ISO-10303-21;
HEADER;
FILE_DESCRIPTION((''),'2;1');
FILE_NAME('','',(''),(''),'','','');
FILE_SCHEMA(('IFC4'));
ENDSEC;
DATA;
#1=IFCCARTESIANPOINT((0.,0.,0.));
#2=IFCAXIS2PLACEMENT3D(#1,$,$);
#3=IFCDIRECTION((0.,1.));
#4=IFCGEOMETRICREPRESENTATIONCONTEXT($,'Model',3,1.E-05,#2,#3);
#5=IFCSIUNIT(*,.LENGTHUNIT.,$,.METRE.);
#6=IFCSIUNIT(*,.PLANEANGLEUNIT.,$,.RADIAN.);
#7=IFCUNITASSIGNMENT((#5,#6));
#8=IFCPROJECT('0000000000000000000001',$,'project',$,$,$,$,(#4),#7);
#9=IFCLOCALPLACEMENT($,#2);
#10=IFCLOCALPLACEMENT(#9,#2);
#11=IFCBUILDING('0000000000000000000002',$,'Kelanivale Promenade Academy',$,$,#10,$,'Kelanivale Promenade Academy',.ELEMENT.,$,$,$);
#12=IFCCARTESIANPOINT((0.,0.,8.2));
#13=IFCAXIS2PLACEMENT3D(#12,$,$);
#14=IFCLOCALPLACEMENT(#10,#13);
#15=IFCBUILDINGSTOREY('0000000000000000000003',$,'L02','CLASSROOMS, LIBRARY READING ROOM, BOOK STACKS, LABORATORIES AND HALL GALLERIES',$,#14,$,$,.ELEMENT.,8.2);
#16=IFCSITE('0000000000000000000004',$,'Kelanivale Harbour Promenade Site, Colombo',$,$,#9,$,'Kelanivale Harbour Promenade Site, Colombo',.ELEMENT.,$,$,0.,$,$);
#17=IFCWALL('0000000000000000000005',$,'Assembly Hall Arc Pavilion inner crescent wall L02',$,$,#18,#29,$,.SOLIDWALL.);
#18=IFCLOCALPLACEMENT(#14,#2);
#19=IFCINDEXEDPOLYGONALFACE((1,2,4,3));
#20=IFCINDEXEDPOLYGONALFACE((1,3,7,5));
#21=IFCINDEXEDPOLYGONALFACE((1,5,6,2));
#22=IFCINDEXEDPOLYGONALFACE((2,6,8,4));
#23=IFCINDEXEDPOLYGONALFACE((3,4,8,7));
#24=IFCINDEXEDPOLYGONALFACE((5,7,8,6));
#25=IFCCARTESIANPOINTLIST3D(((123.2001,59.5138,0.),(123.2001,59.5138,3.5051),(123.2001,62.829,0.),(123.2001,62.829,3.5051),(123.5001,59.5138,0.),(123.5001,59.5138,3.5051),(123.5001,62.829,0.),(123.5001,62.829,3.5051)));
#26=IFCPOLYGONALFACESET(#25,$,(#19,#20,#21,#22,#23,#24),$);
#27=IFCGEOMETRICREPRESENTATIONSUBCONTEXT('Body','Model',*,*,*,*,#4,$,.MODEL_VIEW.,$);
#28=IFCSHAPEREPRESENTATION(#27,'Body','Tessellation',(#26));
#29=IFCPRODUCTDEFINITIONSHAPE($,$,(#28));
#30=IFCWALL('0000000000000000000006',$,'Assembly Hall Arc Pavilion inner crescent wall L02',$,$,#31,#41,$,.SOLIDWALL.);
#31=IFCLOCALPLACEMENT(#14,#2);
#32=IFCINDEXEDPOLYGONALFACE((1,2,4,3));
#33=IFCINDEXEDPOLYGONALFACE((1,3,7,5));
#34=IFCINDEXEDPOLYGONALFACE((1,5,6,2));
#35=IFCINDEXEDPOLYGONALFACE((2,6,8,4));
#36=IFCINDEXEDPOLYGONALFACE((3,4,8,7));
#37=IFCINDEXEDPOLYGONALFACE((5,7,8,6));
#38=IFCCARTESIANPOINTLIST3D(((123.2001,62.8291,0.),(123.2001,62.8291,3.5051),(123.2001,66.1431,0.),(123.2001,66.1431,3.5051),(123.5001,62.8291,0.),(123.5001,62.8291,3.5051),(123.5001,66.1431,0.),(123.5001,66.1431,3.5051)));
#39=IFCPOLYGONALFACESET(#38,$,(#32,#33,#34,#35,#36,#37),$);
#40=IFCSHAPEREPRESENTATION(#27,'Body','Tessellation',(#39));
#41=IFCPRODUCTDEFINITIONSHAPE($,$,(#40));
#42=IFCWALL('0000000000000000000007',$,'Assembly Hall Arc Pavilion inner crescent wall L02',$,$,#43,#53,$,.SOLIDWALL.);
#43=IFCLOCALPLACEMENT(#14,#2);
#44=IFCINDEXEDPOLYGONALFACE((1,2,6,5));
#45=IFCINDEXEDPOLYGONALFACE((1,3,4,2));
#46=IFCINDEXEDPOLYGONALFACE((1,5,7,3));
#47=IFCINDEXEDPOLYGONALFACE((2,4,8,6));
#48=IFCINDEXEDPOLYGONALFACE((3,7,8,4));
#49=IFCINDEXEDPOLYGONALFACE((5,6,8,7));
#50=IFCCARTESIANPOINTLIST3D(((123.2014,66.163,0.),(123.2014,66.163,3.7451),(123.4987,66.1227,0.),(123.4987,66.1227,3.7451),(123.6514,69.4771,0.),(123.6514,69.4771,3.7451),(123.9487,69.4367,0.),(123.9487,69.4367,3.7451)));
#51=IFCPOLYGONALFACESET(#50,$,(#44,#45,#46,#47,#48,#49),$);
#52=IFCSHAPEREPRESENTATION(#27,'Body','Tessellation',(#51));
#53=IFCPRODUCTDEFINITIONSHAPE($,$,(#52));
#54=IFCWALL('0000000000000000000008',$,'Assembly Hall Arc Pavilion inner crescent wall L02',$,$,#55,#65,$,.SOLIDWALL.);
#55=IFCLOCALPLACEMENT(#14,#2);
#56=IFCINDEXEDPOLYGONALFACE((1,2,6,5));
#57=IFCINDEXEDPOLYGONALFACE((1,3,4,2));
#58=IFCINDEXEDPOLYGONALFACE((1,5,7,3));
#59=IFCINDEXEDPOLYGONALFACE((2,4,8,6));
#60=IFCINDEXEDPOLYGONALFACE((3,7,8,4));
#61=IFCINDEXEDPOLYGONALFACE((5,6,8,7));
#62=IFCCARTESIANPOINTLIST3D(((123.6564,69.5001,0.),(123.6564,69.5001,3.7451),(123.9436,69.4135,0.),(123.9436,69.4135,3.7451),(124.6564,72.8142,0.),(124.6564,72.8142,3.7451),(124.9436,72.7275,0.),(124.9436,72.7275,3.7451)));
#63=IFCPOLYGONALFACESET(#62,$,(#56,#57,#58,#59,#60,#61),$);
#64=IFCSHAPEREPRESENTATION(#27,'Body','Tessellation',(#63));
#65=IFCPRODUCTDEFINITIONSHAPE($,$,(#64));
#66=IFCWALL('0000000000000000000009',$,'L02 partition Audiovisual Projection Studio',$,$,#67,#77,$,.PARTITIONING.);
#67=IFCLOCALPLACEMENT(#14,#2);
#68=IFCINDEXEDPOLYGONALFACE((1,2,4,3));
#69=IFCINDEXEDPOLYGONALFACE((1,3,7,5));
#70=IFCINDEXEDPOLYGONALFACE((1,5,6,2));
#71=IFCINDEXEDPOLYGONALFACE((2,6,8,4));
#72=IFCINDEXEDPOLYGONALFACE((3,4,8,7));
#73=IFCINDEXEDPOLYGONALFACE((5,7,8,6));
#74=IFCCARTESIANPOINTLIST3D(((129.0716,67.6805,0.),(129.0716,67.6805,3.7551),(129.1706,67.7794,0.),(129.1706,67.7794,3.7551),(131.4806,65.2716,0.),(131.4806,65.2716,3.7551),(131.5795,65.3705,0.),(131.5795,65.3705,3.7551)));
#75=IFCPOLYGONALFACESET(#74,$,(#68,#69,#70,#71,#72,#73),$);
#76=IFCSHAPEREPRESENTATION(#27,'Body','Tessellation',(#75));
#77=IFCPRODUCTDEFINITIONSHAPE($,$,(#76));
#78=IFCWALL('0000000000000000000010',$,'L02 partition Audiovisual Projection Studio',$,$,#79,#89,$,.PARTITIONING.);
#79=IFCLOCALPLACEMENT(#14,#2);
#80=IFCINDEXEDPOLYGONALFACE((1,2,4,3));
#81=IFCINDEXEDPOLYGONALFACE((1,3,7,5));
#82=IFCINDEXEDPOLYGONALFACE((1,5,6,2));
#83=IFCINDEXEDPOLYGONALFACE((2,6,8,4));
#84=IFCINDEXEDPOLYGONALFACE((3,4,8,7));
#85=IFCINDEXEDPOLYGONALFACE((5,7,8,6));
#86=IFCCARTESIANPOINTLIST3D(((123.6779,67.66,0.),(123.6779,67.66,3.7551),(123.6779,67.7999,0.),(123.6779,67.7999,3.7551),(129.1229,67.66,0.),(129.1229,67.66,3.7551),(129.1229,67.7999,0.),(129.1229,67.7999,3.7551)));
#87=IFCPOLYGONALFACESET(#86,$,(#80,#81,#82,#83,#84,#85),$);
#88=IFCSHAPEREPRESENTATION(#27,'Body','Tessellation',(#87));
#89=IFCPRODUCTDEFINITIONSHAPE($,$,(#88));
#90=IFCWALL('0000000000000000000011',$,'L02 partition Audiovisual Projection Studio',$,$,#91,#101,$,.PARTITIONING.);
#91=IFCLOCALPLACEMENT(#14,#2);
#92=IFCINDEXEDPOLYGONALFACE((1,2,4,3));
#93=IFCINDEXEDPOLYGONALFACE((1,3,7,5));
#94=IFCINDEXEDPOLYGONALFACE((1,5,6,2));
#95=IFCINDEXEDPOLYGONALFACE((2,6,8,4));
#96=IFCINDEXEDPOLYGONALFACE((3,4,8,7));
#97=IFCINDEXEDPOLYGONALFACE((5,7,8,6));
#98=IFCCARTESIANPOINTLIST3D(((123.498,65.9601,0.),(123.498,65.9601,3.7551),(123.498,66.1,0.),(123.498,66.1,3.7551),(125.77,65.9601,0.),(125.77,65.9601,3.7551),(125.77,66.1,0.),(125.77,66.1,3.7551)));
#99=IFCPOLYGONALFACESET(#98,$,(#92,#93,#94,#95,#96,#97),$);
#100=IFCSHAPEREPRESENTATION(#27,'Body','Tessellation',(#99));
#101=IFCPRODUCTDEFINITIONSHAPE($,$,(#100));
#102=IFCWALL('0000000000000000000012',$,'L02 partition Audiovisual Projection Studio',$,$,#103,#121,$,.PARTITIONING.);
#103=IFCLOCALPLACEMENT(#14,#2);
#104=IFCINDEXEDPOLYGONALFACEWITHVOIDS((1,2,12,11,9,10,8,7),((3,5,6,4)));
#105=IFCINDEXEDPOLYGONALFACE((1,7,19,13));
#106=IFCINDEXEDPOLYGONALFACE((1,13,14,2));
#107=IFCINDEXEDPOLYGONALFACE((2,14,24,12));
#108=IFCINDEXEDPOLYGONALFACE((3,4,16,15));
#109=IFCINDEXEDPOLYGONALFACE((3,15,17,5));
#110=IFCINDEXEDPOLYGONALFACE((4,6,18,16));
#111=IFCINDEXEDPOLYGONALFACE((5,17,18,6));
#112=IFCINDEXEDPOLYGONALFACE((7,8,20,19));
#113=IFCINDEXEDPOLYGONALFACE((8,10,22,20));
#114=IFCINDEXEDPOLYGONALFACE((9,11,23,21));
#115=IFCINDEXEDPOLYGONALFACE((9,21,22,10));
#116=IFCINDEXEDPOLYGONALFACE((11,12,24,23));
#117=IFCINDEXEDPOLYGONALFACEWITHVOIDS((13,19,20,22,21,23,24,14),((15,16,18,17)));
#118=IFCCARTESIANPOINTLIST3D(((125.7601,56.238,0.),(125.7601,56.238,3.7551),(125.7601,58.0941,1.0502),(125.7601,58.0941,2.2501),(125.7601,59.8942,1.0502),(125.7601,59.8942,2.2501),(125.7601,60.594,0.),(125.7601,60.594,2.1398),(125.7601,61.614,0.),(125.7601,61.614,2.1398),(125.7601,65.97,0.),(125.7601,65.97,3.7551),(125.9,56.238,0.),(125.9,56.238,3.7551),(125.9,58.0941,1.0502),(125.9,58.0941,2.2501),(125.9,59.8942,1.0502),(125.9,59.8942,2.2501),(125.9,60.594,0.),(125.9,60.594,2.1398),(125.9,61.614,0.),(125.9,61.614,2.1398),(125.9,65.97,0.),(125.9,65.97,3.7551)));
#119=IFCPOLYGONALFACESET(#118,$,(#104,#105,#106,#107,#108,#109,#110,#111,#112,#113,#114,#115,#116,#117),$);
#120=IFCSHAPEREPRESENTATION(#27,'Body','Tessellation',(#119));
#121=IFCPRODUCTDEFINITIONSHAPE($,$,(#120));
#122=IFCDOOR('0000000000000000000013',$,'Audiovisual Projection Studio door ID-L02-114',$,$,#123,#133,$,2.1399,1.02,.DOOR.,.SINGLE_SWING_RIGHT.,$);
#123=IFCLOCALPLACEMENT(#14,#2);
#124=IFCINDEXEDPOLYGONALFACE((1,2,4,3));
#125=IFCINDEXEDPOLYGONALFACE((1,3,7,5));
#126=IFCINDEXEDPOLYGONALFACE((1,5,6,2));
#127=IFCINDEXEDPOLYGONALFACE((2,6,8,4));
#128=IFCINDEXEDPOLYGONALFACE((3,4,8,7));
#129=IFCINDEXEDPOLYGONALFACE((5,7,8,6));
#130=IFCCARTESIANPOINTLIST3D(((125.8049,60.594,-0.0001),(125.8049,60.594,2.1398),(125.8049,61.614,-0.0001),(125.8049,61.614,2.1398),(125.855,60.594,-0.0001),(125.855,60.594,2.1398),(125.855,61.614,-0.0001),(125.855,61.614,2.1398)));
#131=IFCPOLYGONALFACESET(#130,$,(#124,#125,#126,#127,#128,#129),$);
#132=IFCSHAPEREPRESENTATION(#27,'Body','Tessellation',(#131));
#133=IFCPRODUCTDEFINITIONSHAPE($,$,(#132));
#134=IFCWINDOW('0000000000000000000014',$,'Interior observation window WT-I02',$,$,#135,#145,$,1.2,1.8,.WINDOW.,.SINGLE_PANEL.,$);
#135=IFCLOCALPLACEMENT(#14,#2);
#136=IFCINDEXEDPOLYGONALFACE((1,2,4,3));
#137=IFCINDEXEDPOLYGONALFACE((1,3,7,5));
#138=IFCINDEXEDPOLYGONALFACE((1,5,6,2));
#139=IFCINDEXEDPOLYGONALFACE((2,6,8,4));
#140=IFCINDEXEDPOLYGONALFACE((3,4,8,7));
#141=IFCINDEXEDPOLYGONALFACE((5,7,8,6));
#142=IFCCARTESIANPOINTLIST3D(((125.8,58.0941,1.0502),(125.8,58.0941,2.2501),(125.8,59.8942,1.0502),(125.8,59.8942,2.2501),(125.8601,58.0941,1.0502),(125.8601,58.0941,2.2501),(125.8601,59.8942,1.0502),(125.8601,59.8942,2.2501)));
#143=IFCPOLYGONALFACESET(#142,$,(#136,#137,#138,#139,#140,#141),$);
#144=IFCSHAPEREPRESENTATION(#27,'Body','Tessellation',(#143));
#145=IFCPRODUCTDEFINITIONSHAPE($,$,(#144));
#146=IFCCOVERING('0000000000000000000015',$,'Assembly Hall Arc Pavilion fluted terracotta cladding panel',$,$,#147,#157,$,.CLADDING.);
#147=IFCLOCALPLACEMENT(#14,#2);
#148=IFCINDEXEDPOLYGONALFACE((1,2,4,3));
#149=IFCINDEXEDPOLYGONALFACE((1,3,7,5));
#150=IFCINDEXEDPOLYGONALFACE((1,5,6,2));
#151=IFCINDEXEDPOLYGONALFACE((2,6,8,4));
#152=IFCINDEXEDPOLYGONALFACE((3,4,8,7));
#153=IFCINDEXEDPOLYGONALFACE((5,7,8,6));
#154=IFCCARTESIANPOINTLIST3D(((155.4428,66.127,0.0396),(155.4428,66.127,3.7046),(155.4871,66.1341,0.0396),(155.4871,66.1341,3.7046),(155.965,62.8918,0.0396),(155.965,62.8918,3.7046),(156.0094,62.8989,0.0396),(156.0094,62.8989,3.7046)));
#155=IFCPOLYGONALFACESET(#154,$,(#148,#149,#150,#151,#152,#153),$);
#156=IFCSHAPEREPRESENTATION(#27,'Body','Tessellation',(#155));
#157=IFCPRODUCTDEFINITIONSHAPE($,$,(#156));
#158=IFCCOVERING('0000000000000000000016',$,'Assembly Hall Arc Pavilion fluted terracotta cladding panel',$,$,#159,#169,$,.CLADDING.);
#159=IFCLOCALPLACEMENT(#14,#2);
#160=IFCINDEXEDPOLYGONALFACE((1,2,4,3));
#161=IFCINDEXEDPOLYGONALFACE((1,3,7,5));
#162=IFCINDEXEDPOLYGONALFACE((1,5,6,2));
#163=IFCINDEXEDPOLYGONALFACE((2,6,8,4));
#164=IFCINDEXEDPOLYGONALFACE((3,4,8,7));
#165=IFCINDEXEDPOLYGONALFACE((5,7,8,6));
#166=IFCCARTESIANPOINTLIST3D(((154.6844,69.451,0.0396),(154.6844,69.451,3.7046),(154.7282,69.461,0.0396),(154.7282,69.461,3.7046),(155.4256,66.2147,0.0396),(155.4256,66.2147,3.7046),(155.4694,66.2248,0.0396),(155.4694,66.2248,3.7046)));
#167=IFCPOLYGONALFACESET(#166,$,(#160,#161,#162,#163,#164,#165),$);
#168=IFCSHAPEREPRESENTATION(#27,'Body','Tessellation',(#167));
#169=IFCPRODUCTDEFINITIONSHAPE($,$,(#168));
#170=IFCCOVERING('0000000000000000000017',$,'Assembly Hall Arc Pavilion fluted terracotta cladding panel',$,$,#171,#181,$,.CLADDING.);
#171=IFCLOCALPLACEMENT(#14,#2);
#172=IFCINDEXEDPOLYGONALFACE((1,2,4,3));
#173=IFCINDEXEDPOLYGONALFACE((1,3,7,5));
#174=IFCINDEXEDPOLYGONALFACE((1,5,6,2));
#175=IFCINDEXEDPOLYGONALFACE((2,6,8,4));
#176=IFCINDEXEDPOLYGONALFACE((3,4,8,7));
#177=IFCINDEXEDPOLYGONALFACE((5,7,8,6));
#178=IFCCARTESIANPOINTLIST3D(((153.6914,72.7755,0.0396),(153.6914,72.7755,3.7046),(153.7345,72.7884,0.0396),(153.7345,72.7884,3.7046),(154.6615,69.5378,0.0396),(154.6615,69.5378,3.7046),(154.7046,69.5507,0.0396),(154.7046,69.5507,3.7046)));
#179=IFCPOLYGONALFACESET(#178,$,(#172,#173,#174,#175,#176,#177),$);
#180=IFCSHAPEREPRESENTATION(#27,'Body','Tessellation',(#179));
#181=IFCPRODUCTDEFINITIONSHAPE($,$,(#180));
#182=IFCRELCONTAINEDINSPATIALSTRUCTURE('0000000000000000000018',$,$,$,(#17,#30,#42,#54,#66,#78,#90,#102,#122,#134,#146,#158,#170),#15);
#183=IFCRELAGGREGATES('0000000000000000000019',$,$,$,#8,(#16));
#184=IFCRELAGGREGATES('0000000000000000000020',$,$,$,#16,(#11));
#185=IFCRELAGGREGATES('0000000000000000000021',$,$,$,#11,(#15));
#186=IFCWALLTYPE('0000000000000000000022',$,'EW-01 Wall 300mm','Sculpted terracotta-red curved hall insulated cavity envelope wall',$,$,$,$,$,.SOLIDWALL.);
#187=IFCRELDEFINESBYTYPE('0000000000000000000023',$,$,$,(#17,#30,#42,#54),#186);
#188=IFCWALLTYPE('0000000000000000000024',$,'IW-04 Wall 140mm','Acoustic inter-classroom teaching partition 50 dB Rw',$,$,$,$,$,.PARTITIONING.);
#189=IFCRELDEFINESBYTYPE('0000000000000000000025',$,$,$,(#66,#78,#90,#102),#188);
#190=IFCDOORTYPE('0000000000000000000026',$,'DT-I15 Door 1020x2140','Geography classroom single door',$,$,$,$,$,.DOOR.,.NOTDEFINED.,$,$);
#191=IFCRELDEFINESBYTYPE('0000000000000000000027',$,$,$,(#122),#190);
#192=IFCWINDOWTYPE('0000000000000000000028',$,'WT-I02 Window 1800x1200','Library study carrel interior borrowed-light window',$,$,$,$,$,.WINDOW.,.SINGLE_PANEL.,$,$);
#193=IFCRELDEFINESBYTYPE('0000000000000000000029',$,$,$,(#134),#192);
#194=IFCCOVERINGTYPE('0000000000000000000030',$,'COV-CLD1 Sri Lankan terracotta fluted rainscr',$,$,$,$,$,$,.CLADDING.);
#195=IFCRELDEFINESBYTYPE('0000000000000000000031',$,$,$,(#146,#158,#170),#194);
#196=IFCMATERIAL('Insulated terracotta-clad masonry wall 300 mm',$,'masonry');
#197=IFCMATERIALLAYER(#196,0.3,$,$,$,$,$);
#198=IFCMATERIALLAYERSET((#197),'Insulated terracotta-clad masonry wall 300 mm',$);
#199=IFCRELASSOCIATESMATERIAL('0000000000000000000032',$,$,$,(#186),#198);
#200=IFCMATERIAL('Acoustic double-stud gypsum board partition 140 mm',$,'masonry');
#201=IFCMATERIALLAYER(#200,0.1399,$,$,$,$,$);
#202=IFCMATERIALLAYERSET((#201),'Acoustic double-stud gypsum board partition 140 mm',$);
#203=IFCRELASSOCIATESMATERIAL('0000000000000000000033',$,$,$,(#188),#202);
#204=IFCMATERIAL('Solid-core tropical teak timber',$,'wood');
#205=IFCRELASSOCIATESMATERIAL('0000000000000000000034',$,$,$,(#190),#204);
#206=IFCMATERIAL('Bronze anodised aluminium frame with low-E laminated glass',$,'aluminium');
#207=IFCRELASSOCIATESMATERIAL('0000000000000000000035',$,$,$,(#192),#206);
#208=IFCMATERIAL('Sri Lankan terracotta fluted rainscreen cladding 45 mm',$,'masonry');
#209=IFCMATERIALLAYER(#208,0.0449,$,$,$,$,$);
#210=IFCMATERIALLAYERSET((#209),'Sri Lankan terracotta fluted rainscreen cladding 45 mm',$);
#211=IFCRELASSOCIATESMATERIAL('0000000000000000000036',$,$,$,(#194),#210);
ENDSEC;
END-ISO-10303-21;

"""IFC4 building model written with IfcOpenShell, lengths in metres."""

from ifc_helpers import new_model, si_unit, direction, frame, frame_2d, origin, origin_2d, place, context, subcontext, project, spatial, rectangle, extrude, material, layer, layer_set, type_object, element, fill, save


model = new_model("IFC4")

# Units and contexts
model_context = context("Model", 3, precision=1e-05, world=origin(), true_north=direction((0.0, 1.0)))
body_context = subcontext(model_context, "Body", "Model", "MODEL_VIEW")
ifc_project = project(units=[si_unit("LENGTHUNIT", "METRE"), si_unit("PLANEANGLEUNIT", "RADIAN")], contexts=[model_context])

# Site, building, storey
site_placement = place(None, origin())
site = spatial("IfcSite", under=ifc_project, at=site_placement, Name="Kelanivale Harbour Promenade Site, Colombo", LongName="Kelanivale Harbour Promenade Site, Colombo", CompositionType="ELEMENT", RefElevation=0.0)
building_placement = place(site_placement, origin())
building = spatial("IfcBuilding", under=site, at=building_placement, Name="Kelanivale Promenade Academy", LongName="Kelanivale Promenade Academy", CompositionType="ELEMENT")
storey_placement = place(building_placement, frame((0.0, 0.0, 8.2)))
storey = spatial("IfcBuildingStorey", under=building, at=storey_placement, Name="L02", Description="CLASSROOMS, LIBRARY READING ROOM, BOOK STACKS, LABORATORIES AND HALL GALLERIES", CompositionType="ELEMENT", Elevation=8.2)

# Walls
ifc_material_1 = material(Name="Insulated terracotta-clad masonry wall 300 mm", Category="masonry")
ifc_layer_1 = layer(ifc_material_1, 0.3)
ifc_layer_set_1 = layer_set([ifc_layer_1], Name="Insulated terracotta-clad masonry wall 300 mm")
wall_type_1 = type_object("IfcWallType", Name="EW-01 Wall 300mm", Description="Sculpted terracotta-red curved hall insulated cavity envelope wall", PredefinedType="SOLIDWALL", material=ifc_layer_set_1)
wall_1_placement = place(storey_placement, frame((123.3501, 62.8291, 0.0), z_axis=(0.0, 0.0, 1.0), x_axis=(0.0, -1.0, 0.0)))
element("IfcWall", 1, at=wall_1_placement, inside=storey, type_object=wall_type_1, Name="Assembly Hall Arc Pavilion inner crescent wall L02", PredefinedType="SOLIDWALL", context=body_context, shape_type="SweptSolid", body=[
    extrude(rectangle(XDim=3.3152, YDim=0.3, at=frame_2d((1.6577, 0.0))), origin(), (0.0, 0.0, 1.0), 3.5051),
])
wall_2_placement = place(storey_placement, frame((123.3501, 66.1431, 0.0), z_axis=(0.0, 0.0, 1.0), x_axis=(0.0, -1.0, 0.0)))
element("IfcWall", 2, at=wall_2_placement, inside=storey, type_object=wall_type_1, Name="Assembly Hall Arc Pavilion inner crescent wall L02", PredefinedType="SOLIDWALL", context=body_context, shape_type="SweptSolid", body=[
    extrude(rectangle(XDim=3.314, YDim=0.3, at=frame_2d((1.657, 0.0))), origin(), (0.0, 0.0, 1.0), 3.5051),
])
wall_3_placement = place(storey_placement, frame((123.8, 69.457, 0.0), z_axis=(0.0, 0.0, 1.0), x_axis=(-0.13454, -0.990908, 0.0)))
element("IfcWall", 3, at=wall_3_placement, inside=storey, type_object=wall_type_1, Name="Assembly Hall Arc Pavilion inner crescent wall L02", PredefinedType="SOLIDWALL", context=body_context, shape_type="SweptSolid", body=[
    extrude(rectangle(XDim=3.3445, YDim=0.3, at=frame_2d((1.6724, 0.0))), origin(), (0.0, 0.0, 1.0), 3.7451),
])
wall_4_placement = place(storey_placement, frame((124.8, 72.771, 0.0), z_axis=(0.0, 0.0, 1.0), x_axis=(-0.288888, -0.957363, 0.0)))
element("IfcWall", 4, at=wall_4_placement, inside=storey, type_object=wall_type_1, Name="Assembly Hall Arc Pavilion inner crescent wall L02", PredefinedType="SOLIDWALL", context=body_context, shape_type="SweptSolid", body=[
    extrude(rectangle(XDim=3.4617, YDim=0.3, at=frame_2d((1.731, 0.0))), origin(), (0.0, 0.0, 1.0), 3.7451),
])
ifc_material_2 = material(Name="Acoustic double-stud gypsum board partition 140 mm", Category="masonry")
ifc_layer_2 = layer(ifc_material_2, 0.1399)
ifc_layer_set_2 = layer_set([ifc_layer_2], Name="Acoustic double-stud gypsum board partition 140 mm")
wall_type_2 = type_object("IfcWallType", Name="IW-04 Wall 140mm", Description="Acoustic inter-classroom teaching partition 50 dB Rw", PredefinedType="PARTITIONING", material=ifc_layer_set_2)
wall_5_placement = place(storey_placement, frame((131.53, 65.321, 0.0), z_axis=(0.0, 0.0, 1.0), x_axis=(-0.707107, 0.707107, 0.0)))
element("IfcWall", 5, at=wall_5_placement, inside=storey, type_object=wall_type_2, Name="L02 partition Audiovisual Projection Studio", PredefinedType="PARTITIONING", context=body_context, shape_type="SweptSolid", body=[
    extrude(rectangle(XDim=3.4067, YDim=0.1399, at=frame_2d((1.7034, 0.0))), origin(), (0.0, 0.0, 1.0), 3.7551),
])
wall_6_placement = place(storey_placement, frame((129.123, 67.73, 0.0), z_axis=(0.0, 0.0, 1.0), x_axis=(-1.0, 0.0, 0.0)))
element("IfcWall", 6, at=wall_6_placement, inside=storey, type_object=wall_type_2, Name="L02 partition Audiovisual Projection Studio", PredefinedType="PARTITIONING", context=body_context, shape_type="SweptSolid", body=[
    extrude(rectangle(XDim=5.4451, YDim=0.1399, at=frame_2d((2.7227, 0.0))), origin(), (0.0, 0.0, 1.0), 3.7551),
])
wall_7_placement = place(storey_placement, frame((123.498, 66.03, 0.0), z_axis=(0.0, 0.0, 1.0), x_axis=(1.0, 0.0, 0.0)))
element("IfcWall", 7, at=wall_7_placement, inside=storey, type_object=wall_type_2, Name="L02 partition Audiovisual Projection Studio", PredefinedType="PARTITIONING", context=body_context, shape_type="SweptSolid", body=[
    extrude(rectangle(XDim=2.272, YDim=0.1399, at=frame_2d((1.136, 0.0))), origin(), (0.0, 0.0, 1.0), 3.7551),
])

# Wall, openings, door, window
wall_8_placement = place(storey_placement, frame((125.8301, 65.97, 0.0), z_axis=(0.0, 0.0, 1.0), x_axis=(0.0, -1.0, 0.0)))
wall_8 = element("IfcWall", 8, at=wall_8_placement, inside=storey, type_object=wall_type_2, Name="L02 partition Audiovisual Projection Studio", PredefinedType="PARTITIONING", context=body_context, shape_type="SweptSolid", body=[
    extrude(rectangle(XDim=9.7319, YDim=0.1399, at=frame_2d((4.866, 0.0))), origin(), (0.0, 0.0, 1.0), 3.7551),
])
opening_1_placement = place(wall_8_placement, frame((4.356, 0.0, 0.0)))
opening_1 = element("IfcOpeningElement", 9, at=opening_1_placement, cuts=wall_8, PredefinedType="OPENING", context=body_context, shape_type="SweptSolid", body=[
    extrude(rectangle(XDim=1.02, YDim=2.1399, at=frame_2d((0.51, 1.0698))), frame((0.0, 0.0801, 0.0), z_axis=(0.0, -1.0, 0.0), x_axis=(1.0, 0.0, 0.0)), (0.0, 0.0, 1.0), 0.1599),
])
opening_2_placement = place(wall_8_placement, frame((6.0759, 0.0, 1.05)))
opening_2 = element("IfcOpeningElement", 10, at=opening_2_placement, cuts=wall_8, PredefinedType="OPENING", context=body_context, shape_type="SweptSolid", body=[
    extrude(rectangle(XDim=1.8, YDim=1.2, at=frame_2d((0.8999, 0.6001))), frame((0.0, 0.0801, 0.0), z_axis=(0.0, -1.0, 0.0), x_axis=(1.0, 0.0, 0.0)), (0.0, 0.0, 1.0), 0.1599),
])
ifc_material_3 = material(Name="Solid-core tropical teak timber", Category="wood")
door_type = type_object("IfcDoorType", Name="DT-I15 Door 1020x2140", Description="Geography classroom single door", OperationType="NOTDEFINED", PredefinedType="DOOR", material=ifc_material_3)
door_placement = place(opening_1_placement, origin())
door = element("IfcDoor", 11, at=door_placement, inside=storey, type_object=door_type, Name="Audiovisual Projection Studio door ID-L02-114", OperationType="SINGLE_SWING_RIGHT", OverallHeight=2.1399, OverallWidth=1.02, PredefinedType="DOOR", context=body_context, shape_type="SweptSolid", body=[
    extrude(rectangle(XDim=1.02, YDim=2.1399, at=frame_2d((0.51, 1.0698))), frame((0.0, 0.0249, 0.0), z_axis=(0.0, -1.0, 0.0), x_axis=(1.0, 0.0, 0.0)), (0.0, 0.0, 1.0), 0.05),
])
fill(opening_1, door)
ifc_material_4 = material(Name="Bronze anodised aluminium frame with low-E laminated glass", Category="aluminium")
window_type = type_object("IfcWindowType", Name="WT-I02 Window 1800x1200", Description="Library study carrel interior borrowed-light window", PartitioningType="SINGLE_PANEL", PredefinedType="WINDOW", material=ifc_material_4)
window_placement = place(opening_2_placement, origin())
window = element("IfcWindow", 12, at=window_placement, inside=storey, type_object=window_type, Name="Interior observation window WT-I02", OverallHeight=1.2, OverallWidth=1.8, PartitioningType="SINGLE_PANEL", PredefinedType="WINDOW", context=body_context, shape_type="SweptSolid", body=[
    extrude(rectangle(XDim=1.8, YDim=1.2, at=frame_2d((0.8999, 0.6001))), frame((0.0, 0.03, 0.0), z_axis=(0.0, -1.0, 0.0), x_axis=(1.0, 0.0, 0.0)), (0.0, 0.0, 1.0), 0.0601),
])
fill(opening_2, window)

# Coverings
ifc_material_5 = material(Name="Sri Lankan terracotta fluted rainscreen cladding 45 mm", Category="masonry")
ifc_layer_3 = layer(ifc_material_5, 0.0449)
ifc_layer_set_3 = layer_set([ifc_layer_3], Name="Sri Lankan terracotta fluted rainscreen cladding 45 mm")
covering_type = type_object("IfcCoveringType", Name="COV-CLD1 Sri Lankan terracotta fluted rainscr", PredefinedType="CLADDING", material=ifc_layer_set_3)
covering_1_placement = place(storey_placement, frame((155.7261, 64.5129, 0.0396), z_axis=(0.0, 0.0, 1.0), x_axis=(-0.159364, 0.98722, 0.0)))
element("IfcCovering", 13, at=covering_1_placement, inside=storey, type_object=covering_type, Name="Assembly Hall Arc Pavilion fluted terracotta cladding panel", PredefinedType="CLADDING", context=body_context, shape_type="SweptSolid", body=[
    extrude(rectangle(XDim=3.2771, YDim=0.0449, at=origin_2d()), origin(), (0.0, 0.0, 1.0), 3.665),
])
covering_2_placement = place(storey_placement, frame((155.0769, 67.8379, 0.0396), z_axis=(0.0, 0.0, 1.0), x_axis=(-0.22325, 0.974761, 0.0)))
element("IfcCovering", 14, at=covering_2_placement, inside=storey, type_object=covering_type, Name="Assembly Hall Arc Pavilion fluted terracotta cladding panel", PredefinedType="CLADDING", context=body_context, shape_type="SweptSolid", body=[
    extrude(rectangle(XDim=3.3201, YDim=0.0449, at=origin_2d()), origin(), (0.0, 0.0, 1.0), 3.665),
])
covering_3_placement = place(storey_placement, frame((154.198, 71.1631, 0.0396), z_axis=(0.0, 0.0, 1.0), x_axis=(-0.287026, 0.957923, 0.0)))
element("IfcCovering", 15, at=covering_3_placement, inside=storey, type_object=covering_type, Name="Assembly Hall Arc Pavilion fluted terracotta cladding panel", PredefinedType="CLADDING", context=body_context, shape_type="SweptSolid", body=[
    extrude(rectangle(XDim=3.3799, YDim=0.0449, at=origin_2d()), origin(), (0.0, 0.0, 1.0), 3.665),
])

save(model, "model.ifc")
